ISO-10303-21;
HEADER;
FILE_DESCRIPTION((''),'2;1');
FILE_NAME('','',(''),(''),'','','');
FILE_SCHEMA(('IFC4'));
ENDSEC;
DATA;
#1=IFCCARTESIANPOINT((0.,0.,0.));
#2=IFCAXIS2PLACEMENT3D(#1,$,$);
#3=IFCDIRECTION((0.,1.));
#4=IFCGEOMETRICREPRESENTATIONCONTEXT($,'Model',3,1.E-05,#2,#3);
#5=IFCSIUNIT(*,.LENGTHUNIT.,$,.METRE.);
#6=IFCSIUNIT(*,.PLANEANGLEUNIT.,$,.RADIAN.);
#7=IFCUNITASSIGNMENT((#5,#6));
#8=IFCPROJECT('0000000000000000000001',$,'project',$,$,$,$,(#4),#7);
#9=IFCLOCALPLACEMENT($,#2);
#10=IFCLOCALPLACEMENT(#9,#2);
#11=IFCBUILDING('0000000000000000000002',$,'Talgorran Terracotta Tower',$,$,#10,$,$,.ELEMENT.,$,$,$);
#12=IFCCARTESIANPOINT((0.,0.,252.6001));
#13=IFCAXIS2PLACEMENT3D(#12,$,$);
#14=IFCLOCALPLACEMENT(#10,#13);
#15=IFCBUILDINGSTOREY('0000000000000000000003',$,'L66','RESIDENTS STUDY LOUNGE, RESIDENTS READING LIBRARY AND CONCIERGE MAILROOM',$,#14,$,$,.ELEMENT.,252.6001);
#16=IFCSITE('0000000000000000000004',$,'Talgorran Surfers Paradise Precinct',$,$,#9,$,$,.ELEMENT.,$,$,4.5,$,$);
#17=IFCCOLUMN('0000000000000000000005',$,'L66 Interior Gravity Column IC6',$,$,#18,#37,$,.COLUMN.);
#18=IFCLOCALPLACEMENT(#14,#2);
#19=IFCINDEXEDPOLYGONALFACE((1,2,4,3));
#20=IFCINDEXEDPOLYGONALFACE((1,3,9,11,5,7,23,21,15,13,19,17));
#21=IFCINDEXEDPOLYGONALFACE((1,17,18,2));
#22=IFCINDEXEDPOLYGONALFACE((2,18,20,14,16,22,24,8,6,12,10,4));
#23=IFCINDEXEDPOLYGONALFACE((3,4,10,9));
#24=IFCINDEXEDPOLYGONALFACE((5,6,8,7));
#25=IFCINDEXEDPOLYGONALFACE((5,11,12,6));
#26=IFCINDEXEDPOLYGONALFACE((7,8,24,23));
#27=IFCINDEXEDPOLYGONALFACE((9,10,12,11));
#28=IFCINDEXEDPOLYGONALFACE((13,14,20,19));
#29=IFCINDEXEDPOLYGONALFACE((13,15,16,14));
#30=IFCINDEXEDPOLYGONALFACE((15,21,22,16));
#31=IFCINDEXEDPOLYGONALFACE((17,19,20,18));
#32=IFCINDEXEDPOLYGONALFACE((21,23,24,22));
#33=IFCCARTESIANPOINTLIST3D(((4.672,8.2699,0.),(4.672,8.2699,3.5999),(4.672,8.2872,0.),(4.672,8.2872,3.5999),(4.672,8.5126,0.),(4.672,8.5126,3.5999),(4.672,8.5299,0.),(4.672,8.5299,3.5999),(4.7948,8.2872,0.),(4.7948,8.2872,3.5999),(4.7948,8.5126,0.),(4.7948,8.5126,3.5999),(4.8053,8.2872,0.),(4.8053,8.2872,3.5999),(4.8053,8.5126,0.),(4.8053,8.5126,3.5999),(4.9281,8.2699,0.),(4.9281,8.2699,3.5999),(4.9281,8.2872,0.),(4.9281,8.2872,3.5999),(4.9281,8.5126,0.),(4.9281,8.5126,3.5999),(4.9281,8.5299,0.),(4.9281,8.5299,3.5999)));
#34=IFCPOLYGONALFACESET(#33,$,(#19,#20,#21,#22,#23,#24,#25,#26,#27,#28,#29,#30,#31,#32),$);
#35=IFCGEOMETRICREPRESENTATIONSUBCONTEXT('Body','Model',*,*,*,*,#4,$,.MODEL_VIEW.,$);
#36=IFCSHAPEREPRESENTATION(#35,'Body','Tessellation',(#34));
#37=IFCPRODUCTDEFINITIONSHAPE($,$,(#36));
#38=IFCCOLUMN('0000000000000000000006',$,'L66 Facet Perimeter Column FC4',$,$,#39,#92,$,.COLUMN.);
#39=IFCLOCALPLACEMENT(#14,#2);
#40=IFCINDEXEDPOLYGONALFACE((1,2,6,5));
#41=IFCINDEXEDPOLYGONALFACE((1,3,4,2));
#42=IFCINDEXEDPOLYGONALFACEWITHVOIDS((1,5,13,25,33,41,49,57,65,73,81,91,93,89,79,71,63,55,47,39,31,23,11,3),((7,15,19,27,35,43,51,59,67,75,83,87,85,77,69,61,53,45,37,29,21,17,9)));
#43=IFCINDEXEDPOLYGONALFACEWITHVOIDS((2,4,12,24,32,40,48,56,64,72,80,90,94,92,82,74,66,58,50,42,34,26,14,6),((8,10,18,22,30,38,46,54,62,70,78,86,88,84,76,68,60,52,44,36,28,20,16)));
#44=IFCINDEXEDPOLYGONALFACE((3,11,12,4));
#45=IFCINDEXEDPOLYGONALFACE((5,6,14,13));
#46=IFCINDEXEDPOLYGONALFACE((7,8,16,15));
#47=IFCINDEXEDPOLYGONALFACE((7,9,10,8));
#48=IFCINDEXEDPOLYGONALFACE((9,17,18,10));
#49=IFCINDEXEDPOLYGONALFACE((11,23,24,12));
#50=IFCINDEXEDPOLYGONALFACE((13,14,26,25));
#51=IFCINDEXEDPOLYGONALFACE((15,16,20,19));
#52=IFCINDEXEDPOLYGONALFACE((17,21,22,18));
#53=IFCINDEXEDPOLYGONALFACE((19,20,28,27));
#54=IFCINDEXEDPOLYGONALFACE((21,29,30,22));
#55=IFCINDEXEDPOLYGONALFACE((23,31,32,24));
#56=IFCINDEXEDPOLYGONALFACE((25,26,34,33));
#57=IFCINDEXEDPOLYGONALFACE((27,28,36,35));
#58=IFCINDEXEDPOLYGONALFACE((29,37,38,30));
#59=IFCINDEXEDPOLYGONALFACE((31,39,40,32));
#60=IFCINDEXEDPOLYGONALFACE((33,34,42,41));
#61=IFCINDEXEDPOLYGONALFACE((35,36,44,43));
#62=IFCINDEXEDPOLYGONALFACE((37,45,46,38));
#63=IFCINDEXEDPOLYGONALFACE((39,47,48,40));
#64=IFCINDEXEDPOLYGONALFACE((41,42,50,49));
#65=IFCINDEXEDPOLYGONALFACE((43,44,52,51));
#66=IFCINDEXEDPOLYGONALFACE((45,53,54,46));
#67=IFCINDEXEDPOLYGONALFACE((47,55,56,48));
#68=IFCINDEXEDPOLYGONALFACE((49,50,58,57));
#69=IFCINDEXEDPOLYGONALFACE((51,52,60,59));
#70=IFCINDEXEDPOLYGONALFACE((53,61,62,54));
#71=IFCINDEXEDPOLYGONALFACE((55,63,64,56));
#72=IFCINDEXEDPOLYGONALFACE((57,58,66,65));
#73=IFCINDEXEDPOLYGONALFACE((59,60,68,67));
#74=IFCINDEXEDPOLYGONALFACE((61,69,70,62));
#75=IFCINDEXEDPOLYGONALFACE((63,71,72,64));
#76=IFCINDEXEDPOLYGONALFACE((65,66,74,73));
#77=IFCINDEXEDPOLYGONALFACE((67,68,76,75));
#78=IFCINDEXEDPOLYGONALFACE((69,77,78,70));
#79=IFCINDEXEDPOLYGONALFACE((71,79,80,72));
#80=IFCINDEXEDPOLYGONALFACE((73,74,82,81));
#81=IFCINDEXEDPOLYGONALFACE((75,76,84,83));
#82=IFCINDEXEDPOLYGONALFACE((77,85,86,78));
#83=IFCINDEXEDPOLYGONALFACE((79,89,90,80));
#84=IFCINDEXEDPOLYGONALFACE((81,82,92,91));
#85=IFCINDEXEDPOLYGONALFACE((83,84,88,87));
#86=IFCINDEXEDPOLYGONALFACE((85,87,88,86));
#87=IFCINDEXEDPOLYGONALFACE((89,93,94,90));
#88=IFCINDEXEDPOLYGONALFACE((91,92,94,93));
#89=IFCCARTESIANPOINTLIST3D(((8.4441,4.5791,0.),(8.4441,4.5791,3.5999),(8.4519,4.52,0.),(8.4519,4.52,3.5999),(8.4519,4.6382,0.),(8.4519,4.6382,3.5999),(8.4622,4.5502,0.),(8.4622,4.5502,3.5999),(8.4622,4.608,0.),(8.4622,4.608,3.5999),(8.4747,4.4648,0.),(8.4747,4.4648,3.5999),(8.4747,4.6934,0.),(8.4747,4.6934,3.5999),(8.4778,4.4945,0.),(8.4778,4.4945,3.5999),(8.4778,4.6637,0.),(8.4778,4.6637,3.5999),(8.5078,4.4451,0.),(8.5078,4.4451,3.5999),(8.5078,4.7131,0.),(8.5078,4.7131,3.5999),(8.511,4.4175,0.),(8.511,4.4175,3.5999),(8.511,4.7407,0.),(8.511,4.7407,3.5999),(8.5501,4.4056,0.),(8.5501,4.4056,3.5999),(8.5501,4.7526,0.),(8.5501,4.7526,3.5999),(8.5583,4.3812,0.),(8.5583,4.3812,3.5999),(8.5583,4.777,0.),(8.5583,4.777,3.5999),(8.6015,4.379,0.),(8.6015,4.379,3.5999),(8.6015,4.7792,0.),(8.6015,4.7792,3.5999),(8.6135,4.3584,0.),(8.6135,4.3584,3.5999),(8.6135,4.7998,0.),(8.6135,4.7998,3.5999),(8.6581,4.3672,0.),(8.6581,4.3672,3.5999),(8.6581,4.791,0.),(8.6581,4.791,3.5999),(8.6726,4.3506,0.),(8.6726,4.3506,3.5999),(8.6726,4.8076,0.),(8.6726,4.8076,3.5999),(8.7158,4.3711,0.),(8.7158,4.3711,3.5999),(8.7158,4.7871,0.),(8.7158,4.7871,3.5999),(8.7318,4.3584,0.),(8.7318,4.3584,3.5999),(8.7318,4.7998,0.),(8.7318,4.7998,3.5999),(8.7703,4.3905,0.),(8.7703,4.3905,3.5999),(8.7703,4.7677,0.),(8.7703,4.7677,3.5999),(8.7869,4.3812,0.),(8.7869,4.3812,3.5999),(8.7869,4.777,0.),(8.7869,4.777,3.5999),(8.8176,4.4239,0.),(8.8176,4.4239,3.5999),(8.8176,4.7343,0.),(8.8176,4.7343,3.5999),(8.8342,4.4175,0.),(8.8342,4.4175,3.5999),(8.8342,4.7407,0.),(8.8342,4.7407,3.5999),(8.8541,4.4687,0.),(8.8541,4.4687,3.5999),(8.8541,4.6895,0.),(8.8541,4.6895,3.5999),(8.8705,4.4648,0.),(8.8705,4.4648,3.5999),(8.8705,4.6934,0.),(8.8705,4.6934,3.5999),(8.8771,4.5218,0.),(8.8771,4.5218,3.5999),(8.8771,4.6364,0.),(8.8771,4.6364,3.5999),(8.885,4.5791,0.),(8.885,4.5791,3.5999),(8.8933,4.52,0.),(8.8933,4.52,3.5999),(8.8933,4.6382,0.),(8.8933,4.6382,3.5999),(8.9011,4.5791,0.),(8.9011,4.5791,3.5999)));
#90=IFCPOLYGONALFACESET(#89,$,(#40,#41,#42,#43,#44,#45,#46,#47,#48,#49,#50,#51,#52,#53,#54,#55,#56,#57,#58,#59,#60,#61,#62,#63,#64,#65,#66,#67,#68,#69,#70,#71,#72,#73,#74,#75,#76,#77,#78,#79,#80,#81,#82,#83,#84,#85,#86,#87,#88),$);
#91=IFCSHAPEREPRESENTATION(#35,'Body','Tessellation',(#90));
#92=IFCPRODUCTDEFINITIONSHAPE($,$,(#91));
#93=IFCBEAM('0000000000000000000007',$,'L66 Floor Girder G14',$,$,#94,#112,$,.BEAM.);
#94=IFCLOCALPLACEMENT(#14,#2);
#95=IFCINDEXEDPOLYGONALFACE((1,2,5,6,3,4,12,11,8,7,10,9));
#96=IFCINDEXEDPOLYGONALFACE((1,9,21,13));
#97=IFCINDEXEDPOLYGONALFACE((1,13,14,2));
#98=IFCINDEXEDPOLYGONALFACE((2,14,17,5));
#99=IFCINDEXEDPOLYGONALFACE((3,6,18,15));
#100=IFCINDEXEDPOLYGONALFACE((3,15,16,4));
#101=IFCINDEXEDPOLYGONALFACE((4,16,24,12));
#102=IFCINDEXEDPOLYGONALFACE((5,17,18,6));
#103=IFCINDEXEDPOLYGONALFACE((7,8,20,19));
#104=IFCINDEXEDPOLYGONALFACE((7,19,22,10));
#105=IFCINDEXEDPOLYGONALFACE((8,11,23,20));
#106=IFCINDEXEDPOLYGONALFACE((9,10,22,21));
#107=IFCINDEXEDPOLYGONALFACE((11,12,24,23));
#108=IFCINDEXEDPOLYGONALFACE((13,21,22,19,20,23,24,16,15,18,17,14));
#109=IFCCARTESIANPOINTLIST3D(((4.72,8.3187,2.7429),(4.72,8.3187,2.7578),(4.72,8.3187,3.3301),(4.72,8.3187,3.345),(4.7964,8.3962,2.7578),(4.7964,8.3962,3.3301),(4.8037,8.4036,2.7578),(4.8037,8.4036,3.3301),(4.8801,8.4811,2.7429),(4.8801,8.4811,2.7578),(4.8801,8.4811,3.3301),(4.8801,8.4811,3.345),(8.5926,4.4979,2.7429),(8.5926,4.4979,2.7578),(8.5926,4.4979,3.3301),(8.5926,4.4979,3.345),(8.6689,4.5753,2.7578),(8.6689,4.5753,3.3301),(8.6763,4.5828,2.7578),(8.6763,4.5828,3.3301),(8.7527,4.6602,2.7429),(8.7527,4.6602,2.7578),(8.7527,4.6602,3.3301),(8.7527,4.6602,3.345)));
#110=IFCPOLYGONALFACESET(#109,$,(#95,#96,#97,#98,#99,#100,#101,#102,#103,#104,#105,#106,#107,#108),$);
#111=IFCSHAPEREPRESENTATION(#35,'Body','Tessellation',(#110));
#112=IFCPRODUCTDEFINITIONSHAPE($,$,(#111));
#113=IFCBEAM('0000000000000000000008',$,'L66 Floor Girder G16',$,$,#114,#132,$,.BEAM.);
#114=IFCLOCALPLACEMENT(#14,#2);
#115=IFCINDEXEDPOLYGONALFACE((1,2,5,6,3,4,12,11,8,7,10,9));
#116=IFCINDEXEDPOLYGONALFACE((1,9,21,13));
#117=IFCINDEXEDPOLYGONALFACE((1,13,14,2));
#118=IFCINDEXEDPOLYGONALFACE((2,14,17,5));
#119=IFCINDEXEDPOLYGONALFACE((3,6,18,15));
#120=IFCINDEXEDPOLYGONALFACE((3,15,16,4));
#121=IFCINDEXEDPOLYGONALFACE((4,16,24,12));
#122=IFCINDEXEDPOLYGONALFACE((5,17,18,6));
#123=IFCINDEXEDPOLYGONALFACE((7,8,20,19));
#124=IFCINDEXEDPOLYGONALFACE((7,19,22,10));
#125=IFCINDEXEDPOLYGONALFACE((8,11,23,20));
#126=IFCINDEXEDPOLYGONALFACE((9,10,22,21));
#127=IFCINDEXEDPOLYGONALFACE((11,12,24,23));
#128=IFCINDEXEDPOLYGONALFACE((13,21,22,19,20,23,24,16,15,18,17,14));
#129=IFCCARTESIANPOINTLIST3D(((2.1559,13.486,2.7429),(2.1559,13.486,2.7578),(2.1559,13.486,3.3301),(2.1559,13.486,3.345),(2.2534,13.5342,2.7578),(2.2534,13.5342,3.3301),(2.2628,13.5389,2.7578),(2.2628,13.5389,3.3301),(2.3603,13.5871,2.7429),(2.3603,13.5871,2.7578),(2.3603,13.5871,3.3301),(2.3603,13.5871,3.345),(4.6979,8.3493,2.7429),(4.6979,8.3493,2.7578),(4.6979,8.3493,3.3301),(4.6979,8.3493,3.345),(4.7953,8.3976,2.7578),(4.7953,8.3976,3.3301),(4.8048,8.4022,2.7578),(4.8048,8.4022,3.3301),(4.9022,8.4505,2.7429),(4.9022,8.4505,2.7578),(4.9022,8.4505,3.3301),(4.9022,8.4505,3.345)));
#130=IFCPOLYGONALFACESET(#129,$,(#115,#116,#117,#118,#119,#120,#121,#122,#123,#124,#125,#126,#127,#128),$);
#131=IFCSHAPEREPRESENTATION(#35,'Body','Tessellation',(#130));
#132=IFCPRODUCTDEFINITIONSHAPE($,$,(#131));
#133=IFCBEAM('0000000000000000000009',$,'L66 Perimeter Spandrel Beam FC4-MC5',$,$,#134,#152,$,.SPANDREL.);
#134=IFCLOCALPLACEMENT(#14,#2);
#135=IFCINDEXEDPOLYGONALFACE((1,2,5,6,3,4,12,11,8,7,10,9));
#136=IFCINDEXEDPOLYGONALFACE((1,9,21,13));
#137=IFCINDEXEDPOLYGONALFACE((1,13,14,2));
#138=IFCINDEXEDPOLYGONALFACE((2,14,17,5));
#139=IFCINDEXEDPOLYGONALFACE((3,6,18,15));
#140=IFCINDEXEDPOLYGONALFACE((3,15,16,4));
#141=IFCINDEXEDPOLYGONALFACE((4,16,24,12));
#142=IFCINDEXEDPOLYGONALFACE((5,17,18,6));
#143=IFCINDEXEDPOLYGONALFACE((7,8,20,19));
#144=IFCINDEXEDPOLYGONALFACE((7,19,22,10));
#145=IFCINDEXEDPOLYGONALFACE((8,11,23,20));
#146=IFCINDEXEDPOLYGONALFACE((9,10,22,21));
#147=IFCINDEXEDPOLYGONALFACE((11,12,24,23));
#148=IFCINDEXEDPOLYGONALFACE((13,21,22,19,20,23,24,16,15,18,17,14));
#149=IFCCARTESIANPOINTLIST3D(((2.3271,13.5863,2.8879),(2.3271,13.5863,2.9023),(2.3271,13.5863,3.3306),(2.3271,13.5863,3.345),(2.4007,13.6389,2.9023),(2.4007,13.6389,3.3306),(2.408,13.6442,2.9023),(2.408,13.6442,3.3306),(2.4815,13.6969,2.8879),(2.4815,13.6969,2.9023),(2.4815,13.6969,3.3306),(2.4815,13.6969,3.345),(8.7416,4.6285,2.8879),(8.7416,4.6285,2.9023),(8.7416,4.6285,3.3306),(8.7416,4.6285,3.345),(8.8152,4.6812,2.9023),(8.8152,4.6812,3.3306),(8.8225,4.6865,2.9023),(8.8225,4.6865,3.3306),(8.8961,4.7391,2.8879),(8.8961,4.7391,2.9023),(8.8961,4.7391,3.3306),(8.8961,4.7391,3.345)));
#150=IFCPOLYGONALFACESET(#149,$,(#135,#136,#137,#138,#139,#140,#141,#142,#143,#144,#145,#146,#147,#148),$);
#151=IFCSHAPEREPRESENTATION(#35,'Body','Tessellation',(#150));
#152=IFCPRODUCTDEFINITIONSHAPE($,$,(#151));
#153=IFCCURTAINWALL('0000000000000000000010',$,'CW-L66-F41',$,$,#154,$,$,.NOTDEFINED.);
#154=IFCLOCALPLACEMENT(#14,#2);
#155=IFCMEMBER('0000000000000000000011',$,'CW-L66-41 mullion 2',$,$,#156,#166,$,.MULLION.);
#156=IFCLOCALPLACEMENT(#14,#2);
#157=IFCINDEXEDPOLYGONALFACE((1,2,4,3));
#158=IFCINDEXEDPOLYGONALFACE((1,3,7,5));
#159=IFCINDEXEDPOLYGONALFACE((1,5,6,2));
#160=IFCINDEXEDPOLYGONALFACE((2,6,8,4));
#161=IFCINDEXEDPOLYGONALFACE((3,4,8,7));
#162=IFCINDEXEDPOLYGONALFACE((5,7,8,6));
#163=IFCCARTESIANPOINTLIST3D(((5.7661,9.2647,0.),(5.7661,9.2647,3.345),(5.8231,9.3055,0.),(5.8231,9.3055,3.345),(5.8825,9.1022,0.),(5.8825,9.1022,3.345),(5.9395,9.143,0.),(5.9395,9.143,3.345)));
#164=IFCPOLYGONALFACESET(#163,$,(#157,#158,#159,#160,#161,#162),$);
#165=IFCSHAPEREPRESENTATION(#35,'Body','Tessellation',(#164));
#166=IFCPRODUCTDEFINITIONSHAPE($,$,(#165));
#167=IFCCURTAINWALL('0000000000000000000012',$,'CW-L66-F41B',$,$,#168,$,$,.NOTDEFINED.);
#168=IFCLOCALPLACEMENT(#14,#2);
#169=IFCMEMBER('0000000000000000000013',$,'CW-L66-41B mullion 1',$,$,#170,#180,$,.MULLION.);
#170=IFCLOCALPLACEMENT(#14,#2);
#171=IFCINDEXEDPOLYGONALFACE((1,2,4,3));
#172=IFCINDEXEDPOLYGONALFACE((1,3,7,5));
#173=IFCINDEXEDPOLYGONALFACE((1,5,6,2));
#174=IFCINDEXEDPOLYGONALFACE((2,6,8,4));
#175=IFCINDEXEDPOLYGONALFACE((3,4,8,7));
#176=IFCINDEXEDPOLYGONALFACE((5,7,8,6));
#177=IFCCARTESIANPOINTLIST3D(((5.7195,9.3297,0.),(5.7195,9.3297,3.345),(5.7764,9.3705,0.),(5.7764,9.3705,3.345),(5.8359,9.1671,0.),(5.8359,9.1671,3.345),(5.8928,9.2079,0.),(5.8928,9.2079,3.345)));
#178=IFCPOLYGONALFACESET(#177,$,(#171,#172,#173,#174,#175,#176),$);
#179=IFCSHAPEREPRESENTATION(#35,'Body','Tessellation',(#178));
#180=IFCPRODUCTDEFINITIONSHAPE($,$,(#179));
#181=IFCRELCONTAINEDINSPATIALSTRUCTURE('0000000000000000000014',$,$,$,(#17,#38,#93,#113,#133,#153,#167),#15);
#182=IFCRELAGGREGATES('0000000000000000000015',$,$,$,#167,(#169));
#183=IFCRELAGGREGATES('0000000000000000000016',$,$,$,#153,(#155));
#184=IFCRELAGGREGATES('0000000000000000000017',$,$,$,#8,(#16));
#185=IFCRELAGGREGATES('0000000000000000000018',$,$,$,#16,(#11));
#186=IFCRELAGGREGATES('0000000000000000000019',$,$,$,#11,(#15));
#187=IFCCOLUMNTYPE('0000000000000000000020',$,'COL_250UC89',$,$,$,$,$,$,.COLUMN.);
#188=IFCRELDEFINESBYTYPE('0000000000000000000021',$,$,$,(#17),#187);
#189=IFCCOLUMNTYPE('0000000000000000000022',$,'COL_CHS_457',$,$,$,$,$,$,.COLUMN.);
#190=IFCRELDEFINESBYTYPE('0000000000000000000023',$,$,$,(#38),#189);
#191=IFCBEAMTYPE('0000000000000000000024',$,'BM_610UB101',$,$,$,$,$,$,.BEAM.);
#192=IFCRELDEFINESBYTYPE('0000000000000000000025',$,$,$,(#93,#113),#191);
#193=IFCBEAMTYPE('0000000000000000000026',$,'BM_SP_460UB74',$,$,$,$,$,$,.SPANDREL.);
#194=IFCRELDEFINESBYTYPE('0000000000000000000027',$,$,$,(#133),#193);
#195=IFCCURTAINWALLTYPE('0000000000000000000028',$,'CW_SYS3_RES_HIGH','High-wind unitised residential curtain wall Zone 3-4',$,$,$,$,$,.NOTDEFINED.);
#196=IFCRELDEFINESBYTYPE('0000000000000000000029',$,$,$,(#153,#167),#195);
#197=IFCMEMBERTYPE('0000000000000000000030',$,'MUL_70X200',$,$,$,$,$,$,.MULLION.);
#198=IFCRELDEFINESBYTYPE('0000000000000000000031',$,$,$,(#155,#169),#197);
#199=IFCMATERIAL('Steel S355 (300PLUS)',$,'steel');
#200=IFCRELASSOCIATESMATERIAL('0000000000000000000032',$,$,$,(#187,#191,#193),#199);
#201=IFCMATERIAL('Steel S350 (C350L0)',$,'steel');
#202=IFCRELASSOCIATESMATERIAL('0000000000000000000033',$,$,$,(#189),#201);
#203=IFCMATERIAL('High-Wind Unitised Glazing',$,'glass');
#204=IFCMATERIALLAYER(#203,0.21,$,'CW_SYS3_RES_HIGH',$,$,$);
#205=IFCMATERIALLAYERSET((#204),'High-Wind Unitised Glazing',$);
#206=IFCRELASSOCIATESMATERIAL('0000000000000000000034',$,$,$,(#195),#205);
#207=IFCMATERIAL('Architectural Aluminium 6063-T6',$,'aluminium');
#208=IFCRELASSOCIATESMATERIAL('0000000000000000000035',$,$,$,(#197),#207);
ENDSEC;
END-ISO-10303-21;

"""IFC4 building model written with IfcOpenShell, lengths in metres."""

from ifc_helpers import new_model, si_unit, direction, frame, origin, origin_2d, place, context, subcontext, project, spatial, rectangle, hollow_circle, i_section, extrude, material, layer, layer_set, material_profile, profile_set, type_object, element, aggregate, save


model = new_model("IFC4")

# Units and contexts
model_context = context("Model", 3, precision=1e-05, world=origin(), true_north=direction((0.0, 1.0)))
body_context = subcontext(model_context, "Body", "Model", "MODEL_VIEW")
ifc_project = project(units=[si_unit("LENGTHUNIT", "METRE"), si_unit("PLANEANGLEUNIT", "RADIAN")], contexts=[model_context])

# Site, building, storey
site_placement = place(None, origin())
site = spatial("IfcSite", under=ifc_project, at=site_placement, Name="Talgorran Surfers Paradise Precinct", CompositionType="ELEMENT", RefElevation=4.5)
building_placement = place(site_placement, origin())
building = spatial("IfcBuilding", under=site, at=building_placement, Name="Talgorran Terracotta Tower", CompositionType="ELEMENT")
storey_placement = place(building_placement, frame((0.0, 0.0, 252.6001)))
storey = spatial("IfcBuildingStorey", under=building, at=storey_placement, Name="L66", Description="RESIDENTS STUDY LOUNGE, RESIDENTS READING LIBRARY AND CONCIERGE MAILROOM", CompositionType="ELEMENT", Elevation=252.6001)

# Columns
ifc_material_1 = material(Name="Steel S355 (300PLUS)", Category="steel")
ifc_material_profile_1 = material_profile(ifc_material_1, i_section(OverallWidth=0.2561, OverallDepth=0.26, WebThickness=0.0105, FlangeThickness=0.0173, at=origin_2d()), Name="250UC89.5")
ifc_profile_set_1 = profile_set([ifc_material_profile_1], Name="Steel S355 (300PLUS)")
column_type_1 = type_object("IfcColumnType", Name="COL_250UC89", PredefinedType="COLUMN", material=ifc_profile_set_1)
column_1_placement = place(storey_placement, frame((4.8, 8.3999, 0.0), z_axis=(0.0, 0.0, 1.0), x_axis=(1.0, 0.0, 0.0)))
element("IfcColumn", 1, at=column_1_placement, inside=storey, type_object=column_type_1, Name="L66 Interior Gravity Column IC6", PredefinedType="COLUMN", context=body_context, shape_type="SweptSolid", body=[
    extrude(i_section(OverallWidth=0.2561, OverallDepth=0.26, WebThickness=0.0105, FlangeThickness=0.0173, at=origin_2d()), origin(), (0.0, 0.0, 1.0), 3.5999),
])
ifc_material_2 = material(Name="Steel S350 (C350L0)", Category="steel")
ifc_material_profile_2 = material_profile(ifc_material_2, hollow_circle(Radius=0.2285, WallThickness=0.0161, at=origin_2d()), Name="CHS457X16")
ifc_profile_set_2 = profile_set([ifc_material_profile_2], Name="Steel S350 (C350L0)")
column_type_2 = type_object("IfcColumnType", Name="COL_CHS_457", PredefinedType="COLUMN", material=ifc_profile_set_2)
column_2_placement = place(storey_placement, frame((8.6726, 4.5791, 0.0), z_axis=(0.0, 0.0, 1.0), x_axis=(1.0, 0.0, 0.0)))
element("IfcColumn", 2, at=column_2_placement, inside=storey, type_object=column_type_2, Name="L66 Facet Perimeter Column FC4", PredefinedType="COLUMN", context=body_context, shape_type="SweptSolid", body=[
    extrude(hollow_circle(Radius=0.2285, WallThickness=0.0161, at=origin_2d()), origin(), (0.0, 0.0, 1.0), 3.5999),
])

# Beams
ifc_material_profile_3 = material_profile(ifc_material_1, i_section(OverallWidth=0.228, OverallDepth=0.6021, WebThickness=0.0105, FlangeThickness=0.0149, at=origin_2d()), Name="610UB101")
ifc_profile_set_3 = profile_set([ifc_material_profile_3], Name="Steel S355 (300PLUS)")
beam_type_1 = type_object("IfcBeamType", Name="BM_610UB101", PredefinedType="BEAM", material=ifc_profile_set_3)
beam_1_placement = place(storey_placement, frame((4.8, 8.3999, 3.0439), z_axis=(0.711848, -0.702334, 0.0), x_axis=(0.702334, 0.711848, 0.0)))
element("IfcBeam", 3, at=beam_1_placement, inside=storey, type_object=beam_type_1, Name="L66 Floor Girder G14", PredefinedType="BEAM", context=body_context, shape_type="SweptSolid", body=[
    extrude(i_section(OverallWidth=0.228, OverallDepth=0.6021, WebThickness=0.0105, FlangeThickness=0.0149, at=origin_2d()), origin(), (0.0, 0.0, 1.0), 5.4402),
])
beam_2_placement = place(storey_placement, frame((4.8, 8.3999, 3.0439), z_axis=(-0.443529, 0.89626, 0.0), x_axis=(-0.89626, -0.443529, 0.0)))
element("IfcBeam", 4, at=beam_2_placement, inside=storey, type_object=beam_type_1, Name="L66 Floor Girder G16", PredefinedType="BEAM", context=body_context, shape_type="SweptSolid", body=[
    extrude(i_section(OverallWidth=0.228, OverallDepth=0.6021, WebThickness=0.0105, FlangeThickness=0.0149, at=origin_2d()), origin(), (0.0, 0.0, 1.0), 5.7312),
])
ifc_material_profile_4 = material_profile(ifc_material_1, i_section(OverallWidth=0.1899, OverallDepth=0.457, WebThickness=0.009, FlangeThickness=0.0144, at=origin_2d()), Name="460UB74.6")
ifc_profile_set_4 = profile_set([ifc_material_profile_4], Name="Steel S355 (300PLUS)")
beam_type_2 = type_object("IfcBeamType", Name="BM_SP_460UB74", PredefinedType="SPANDREL", material=ifc_profile_set_4)
beam_3_placement = place(storey_placement, frame((8.8188, 4.6838, 3.1165), z_axis=(-0.582208, 0.81304, 0.0), x_axis=(-0.81304, -0.582208, 0.0)))
element("IfcBeam", 5, at=beam_3_placement, inside=storey, type_object=beam_type_2, Name="L66 Perimeter Spandrel Beam FC4-MC5", PredefinedType="SPANDREL", context=body_context, shape_type="SweptSolid", body=[
    extrude(i_section(OverallWidth=0.1899, OverallDepth=0.457, WebThickness=0.009, FlangeThickness=0.0144, at=origin_2d()), origin(), (0.0, 0.0, 1.0), 11.0176),
])

# Curtain wall, member
ifc_material_3 = material(Name="High-Wind Unitised Glazing", Category="glass")
ifc_layer_1 = layer(ifc_material_3, 0.21, Name="CW_SYS3_RES_HIGH")
ifc_layer_set_1 = layer_set([ifc_layer_1], Name="High-Wind Unitised Glazing")
curtain_wall_type = type_object("IfcCurtainWallType", Name="CW_SYS3_RES_HIGH", Description="High-wind unitised residential curtain wall Zone 3-4", PredefinedType="NOTDEFINED", material=ifc_layer_set_1)
curtain_wall_1_placement = place(storey_placement, origin())
curtain_wall_1 = element("IfcCurtainWall", 6, at=curtain_wall_1_placement, inside=storey, type_object=curtain_wall_type, Name="CW-L66-F41", PredefinedType="NOTDEFINED")
ifc_material_4 = material(Name="Architectural Aluminium 6063-T6", Category="aluminium")
ifc_material_profile_5 = material_profile(ifc_material_4, rectangle(XDim=0.0701, YDim=0.2, at=origin_2d()), Name="CWM70X200")
ifc_profile_set_5 = profile_set([ifc_material_profile_5], Name="Architectural Aluminium 6063-T6")
member_type_1 = type_object("IfcMemberType", Name="MUL_70X200", PredefinedType="MULLION", material=ifc_profile_set_5)
member_1_placement = place(storey_placement, frame((5.8528, 9.2039, 0.0), z_axis=(0.0, 0.0, 1.0), x_axis=(-0.813041, -0.582206, 0.0)))
member_1 = element("IfcMember", 7, at=member_1_placement, type_object=member_type_1, Name="CW-L66-41 mullion 2", PredefinedType="MULLION", context=body_context, shape_type="SweptSolid", body=[
    extrude(rectangle(XDim=0.0701, YDim=0.2, at=origin_2d()), origin(), (0.0, 0.0, 1.0), 3.345),
])

# Curtain wall, member
curtain_wall_2_placement = place(storey_placement, origin())
curtain_wall_2 = element("IfcCurtainWall", 8, at=curtain_wall_2_placement, inside=storey, type_object=curtain_wall_type, Name="CW-L66-F41B", PredefinedType="NOTDEFINED")
member_2_placement = place(storey_placement, frame((5.8062, 9.2688, 0.0), z_axis=(0.0, 0.0, 1.0), x_axis=(-0.813023, -0.582231, 0.0)))
member_2 = element("IfcMember", 9, at=member_2_placement, type_object=member_type_1, Name="CW-L66-41B mullion 1", PredefinedType="MULLION", context=body_context, shape_type="SweptSolid", body=[
    extrude(rectangle(XDim=0.0701, YDim=0.2, at=origin_2d()), origin(), (0.0, 0.0, 1.0), 3.345),
])
aggregate(curtain_wall_2, [member_2])

aggregate(curtain_wall_1, [member_1])

save(model, "model.ifc")
